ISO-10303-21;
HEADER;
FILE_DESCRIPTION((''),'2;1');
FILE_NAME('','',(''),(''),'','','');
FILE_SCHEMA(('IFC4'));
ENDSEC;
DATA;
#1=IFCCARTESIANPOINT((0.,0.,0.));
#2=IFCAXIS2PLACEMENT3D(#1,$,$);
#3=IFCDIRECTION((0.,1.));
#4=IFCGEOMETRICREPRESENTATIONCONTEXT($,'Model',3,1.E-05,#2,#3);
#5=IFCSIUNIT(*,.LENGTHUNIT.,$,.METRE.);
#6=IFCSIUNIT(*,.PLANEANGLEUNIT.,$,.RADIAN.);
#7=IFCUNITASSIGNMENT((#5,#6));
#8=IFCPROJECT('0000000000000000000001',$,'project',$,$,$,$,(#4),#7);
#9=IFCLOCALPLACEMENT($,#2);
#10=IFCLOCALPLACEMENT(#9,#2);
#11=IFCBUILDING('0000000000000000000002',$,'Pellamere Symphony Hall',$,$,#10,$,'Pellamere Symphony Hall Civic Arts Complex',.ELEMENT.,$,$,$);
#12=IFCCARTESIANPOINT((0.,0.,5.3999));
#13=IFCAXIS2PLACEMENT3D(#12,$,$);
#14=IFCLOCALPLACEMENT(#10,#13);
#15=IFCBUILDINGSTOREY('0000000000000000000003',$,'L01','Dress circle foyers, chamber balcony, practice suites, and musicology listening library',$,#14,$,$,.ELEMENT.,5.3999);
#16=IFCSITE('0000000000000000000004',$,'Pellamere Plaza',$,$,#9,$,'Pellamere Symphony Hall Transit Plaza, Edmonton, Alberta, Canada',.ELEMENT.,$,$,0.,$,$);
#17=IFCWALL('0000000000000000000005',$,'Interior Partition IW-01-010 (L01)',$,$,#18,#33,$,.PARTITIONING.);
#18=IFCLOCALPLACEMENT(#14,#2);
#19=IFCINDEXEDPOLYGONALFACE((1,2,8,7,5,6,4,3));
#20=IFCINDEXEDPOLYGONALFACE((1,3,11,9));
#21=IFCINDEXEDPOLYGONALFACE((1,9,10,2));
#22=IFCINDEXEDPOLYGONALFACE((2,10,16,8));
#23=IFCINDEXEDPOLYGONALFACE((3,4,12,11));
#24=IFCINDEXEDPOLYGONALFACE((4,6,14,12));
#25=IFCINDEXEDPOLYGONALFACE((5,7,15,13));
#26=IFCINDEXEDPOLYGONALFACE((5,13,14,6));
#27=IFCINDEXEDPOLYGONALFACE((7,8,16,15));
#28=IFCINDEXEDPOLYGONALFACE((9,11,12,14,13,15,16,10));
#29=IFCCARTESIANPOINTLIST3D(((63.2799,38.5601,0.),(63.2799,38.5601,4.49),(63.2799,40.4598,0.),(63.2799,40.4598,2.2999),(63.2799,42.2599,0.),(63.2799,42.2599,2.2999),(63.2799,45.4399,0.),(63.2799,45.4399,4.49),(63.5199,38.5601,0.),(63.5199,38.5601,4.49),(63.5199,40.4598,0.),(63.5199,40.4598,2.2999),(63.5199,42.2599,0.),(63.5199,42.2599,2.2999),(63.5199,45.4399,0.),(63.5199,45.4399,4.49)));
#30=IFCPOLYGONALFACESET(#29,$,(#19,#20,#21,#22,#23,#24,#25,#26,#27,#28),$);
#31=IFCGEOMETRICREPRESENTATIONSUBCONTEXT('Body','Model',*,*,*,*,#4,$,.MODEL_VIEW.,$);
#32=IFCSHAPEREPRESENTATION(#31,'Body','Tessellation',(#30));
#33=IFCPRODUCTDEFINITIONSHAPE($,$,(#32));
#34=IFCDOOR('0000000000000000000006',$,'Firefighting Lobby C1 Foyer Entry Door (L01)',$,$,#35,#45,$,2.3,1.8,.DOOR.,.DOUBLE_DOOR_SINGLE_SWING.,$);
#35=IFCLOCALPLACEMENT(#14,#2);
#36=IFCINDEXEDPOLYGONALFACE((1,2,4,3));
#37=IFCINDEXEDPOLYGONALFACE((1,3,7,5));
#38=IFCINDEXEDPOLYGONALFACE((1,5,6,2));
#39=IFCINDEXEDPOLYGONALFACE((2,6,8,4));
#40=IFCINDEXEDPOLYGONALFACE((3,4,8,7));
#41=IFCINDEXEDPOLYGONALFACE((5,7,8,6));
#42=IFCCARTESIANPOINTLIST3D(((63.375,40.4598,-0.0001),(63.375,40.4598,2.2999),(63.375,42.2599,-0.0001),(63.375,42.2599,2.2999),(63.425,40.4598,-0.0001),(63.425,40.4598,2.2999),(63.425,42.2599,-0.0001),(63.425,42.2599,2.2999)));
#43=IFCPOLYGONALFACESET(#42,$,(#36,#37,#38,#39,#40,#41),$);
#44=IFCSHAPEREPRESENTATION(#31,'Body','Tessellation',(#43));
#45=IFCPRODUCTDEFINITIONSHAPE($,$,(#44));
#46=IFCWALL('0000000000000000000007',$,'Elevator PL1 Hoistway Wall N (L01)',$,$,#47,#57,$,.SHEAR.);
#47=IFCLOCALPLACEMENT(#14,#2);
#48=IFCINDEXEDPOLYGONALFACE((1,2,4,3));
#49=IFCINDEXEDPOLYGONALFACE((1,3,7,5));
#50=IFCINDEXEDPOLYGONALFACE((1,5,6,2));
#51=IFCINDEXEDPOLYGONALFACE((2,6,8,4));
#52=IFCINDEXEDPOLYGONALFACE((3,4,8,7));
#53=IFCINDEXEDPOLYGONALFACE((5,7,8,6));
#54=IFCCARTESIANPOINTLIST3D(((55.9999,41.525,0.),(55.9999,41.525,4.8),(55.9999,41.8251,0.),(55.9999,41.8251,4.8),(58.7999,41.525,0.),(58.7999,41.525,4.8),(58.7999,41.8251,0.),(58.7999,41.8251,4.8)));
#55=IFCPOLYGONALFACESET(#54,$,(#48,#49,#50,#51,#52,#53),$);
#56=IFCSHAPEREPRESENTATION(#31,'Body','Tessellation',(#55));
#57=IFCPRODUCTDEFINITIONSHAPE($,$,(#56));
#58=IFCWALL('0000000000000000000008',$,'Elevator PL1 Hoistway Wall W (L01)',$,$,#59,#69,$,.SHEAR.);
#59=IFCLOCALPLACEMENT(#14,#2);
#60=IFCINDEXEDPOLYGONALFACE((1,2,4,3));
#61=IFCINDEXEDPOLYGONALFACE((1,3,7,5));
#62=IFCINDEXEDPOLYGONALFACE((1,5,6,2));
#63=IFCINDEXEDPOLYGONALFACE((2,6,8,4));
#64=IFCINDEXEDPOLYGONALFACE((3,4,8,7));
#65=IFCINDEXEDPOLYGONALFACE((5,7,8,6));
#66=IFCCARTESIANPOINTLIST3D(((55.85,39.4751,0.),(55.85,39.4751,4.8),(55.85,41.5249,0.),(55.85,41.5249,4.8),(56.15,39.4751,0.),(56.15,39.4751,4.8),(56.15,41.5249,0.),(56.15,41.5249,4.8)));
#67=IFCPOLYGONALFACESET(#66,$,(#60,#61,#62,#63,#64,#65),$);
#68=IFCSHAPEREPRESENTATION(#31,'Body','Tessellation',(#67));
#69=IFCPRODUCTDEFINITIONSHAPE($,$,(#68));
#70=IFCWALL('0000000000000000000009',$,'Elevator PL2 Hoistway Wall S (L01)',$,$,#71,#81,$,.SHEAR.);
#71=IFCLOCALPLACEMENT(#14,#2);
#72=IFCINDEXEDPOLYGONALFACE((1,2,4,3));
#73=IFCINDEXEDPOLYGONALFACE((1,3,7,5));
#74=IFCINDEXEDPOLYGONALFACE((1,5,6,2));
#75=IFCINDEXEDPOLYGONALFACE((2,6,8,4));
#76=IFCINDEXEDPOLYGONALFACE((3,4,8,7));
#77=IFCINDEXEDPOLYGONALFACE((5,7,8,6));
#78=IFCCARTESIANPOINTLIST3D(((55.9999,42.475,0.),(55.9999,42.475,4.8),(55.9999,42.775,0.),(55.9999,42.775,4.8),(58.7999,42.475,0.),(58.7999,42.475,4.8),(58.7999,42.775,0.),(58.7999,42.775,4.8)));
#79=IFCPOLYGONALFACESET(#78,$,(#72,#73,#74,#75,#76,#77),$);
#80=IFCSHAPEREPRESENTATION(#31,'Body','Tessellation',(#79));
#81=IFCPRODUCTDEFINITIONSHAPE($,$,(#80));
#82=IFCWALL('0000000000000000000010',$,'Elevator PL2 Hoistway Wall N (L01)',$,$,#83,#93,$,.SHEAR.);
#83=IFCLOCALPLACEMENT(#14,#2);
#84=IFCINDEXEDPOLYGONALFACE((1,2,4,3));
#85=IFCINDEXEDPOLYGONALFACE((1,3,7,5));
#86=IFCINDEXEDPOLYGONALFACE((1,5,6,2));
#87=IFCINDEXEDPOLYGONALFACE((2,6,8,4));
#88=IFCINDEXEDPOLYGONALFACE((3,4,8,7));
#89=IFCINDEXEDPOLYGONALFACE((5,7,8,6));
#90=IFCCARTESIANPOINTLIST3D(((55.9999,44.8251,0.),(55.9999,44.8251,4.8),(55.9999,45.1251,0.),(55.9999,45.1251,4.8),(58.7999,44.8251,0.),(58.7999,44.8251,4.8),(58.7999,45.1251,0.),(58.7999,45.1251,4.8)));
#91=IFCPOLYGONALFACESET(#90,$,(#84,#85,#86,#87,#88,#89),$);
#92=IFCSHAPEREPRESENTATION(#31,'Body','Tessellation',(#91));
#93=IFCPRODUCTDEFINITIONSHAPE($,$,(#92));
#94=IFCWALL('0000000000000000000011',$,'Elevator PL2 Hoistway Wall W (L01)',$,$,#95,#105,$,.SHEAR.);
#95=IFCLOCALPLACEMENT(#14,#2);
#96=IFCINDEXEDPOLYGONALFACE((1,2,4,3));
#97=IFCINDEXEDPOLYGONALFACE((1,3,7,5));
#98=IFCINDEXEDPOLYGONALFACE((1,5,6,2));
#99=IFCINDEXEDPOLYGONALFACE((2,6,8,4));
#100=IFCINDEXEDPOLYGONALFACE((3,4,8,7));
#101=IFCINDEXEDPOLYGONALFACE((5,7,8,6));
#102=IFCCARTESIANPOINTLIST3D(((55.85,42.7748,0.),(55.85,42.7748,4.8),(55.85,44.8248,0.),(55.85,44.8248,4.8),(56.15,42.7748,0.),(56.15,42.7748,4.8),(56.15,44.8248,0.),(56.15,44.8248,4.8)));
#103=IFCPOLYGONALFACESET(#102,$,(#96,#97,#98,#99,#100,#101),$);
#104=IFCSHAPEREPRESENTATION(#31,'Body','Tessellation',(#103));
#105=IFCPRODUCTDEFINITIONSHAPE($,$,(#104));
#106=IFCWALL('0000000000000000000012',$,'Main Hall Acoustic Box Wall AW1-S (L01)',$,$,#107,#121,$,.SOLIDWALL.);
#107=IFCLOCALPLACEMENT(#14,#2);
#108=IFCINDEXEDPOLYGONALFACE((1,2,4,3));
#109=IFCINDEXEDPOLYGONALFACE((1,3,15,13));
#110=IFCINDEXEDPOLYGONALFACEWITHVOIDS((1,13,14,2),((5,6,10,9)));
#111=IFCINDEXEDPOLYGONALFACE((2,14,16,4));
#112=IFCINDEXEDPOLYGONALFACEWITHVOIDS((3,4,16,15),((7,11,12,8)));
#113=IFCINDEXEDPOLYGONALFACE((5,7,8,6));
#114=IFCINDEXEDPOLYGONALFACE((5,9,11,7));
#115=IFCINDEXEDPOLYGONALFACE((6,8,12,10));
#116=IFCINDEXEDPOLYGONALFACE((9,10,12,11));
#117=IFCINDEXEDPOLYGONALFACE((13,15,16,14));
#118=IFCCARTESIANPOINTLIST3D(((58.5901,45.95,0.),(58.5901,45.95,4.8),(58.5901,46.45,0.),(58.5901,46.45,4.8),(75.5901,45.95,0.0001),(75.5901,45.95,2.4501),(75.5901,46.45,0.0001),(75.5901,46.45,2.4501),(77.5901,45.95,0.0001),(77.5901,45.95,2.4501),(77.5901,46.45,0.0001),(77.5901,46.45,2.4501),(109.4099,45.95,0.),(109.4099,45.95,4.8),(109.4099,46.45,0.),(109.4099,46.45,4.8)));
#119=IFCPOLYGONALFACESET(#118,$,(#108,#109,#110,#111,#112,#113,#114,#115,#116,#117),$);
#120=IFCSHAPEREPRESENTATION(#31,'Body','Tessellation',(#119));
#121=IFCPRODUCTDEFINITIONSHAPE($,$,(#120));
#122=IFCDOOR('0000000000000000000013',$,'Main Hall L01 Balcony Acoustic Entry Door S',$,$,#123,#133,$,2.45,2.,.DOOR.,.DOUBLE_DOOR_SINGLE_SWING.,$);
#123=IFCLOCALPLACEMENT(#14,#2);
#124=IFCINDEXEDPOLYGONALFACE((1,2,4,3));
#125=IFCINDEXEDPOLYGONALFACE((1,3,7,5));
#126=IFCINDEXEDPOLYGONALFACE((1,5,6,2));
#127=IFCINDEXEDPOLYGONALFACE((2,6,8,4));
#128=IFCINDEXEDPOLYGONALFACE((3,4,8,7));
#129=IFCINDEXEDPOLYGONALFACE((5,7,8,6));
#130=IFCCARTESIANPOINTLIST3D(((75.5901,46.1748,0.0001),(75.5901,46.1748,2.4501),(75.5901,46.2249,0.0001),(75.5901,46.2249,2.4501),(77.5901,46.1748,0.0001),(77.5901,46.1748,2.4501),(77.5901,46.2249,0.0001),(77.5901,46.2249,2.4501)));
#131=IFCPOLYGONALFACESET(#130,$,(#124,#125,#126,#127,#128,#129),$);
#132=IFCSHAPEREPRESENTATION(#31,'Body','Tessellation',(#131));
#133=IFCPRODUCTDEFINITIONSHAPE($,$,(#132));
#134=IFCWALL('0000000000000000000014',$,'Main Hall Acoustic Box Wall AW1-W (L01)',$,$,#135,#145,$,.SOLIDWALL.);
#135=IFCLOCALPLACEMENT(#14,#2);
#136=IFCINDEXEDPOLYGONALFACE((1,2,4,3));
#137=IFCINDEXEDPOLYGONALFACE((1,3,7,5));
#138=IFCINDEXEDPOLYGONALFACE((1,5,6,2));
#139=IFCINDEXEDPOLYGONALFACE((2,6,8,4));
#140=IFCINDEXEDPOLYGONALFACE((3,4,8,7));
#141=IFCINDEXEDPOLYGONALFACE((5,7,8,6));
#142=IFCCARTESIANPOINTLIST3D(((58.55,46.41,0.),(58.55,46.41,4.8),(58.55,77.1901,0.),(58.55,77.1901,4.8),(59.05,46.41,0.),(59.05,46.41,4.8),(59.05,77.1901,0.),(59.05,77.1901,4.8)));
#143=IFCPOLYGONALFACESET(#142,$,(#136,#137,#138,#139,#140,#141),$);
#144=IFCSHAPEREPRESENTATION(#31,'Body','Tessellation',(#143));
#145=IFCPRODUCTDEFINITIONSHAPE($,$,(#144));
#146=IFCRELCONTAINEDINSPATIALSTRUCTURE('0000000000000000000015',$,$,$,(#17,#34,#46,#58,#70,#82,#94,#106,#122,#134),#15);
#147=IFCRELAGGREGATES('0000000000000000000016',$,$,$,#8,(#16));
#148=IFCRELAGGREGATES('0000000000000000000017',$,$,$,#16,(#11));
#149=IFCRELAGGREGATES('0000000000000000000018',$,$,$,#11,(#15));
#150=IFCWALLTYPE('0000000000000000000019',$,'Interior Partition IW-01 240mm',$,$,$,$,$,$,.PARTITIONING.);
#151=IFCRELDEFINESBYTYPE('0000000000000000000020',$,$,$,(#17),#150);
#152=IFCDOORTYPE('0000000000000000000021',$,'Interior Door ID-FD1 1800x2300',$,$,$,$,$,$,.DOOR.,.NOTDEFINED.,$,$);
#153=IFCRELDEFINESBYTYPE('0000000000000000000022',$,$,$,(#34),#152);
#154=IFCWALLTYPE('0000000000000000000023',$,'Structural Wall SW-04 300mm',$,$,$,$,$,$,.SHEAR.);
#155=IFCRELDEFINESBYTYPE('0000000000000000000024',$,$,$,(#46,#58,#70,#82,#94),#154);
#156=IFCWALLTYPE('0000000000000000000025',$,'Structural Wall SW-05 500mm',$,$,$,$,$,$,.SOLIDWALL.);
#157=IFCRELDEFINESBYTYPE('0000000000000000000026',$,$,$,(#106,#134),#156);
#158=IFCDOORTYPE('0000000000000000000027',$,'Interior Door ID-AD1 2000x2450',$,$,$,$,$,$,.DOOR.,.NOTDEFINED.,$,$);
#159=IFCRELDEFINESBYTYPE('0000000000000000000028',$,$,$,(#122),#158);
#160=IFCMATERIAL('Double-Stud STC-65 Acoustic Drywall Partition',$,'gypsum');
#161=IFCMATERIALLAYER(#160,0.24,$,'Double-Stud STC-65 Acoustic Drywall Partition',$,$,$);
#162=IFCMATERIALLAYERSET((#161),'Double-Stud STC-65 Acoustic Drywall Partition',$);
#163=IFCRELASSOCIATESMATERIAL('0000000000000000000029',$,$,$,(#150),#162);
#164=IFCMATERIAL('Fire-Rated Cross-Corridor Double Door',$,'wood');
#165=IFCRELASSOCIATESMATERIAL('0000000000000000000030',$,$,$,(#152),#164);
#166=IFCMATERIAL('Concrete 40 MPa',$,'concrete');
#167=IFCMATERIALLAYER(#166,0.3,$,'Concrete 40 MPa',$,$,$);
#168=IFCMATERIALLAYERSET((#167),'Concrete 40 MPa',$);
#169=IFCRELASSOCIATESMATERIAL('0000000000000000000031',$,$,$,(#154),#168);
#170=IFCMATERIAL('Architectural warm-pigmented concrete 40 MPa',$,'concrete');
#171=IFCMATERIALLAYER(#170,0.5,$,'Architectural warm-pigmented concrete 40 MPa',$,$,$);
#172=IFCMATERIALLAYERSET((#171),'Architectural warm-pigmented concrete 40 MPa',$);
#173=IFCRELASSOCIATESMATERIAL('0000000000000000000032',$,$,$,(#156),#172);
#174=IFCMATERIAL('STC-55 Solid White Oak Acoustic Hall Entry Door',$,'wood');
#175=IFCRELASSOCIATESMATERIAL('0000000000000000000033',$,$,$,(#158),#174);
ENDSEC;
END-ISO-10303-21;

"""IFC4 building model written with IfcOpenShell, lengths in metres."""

from ifc_helpers import new_model, si_unit, direction, frame, frame_2d, origin, place, context, subcontext, project, spatial, rectangle, extrude, material, layer, layer_set, type_object, element, fill, save


model = new_model("IFC4")

# Units and contexts
model_context = context("Model", 3, precision=1e-05, world=origin(), true_north=direction((0.0, 1.0)))
body_context = subcontext(model_context, "Body", "Model", "MODEL_VIEW")
ifc_project = project(units=[si_unit("LENGTHUNIT", "METRE"), si_unit("PLANEANGLEUNIT", "RADIAN")], contexts=[model_context])

# Site, building, storey
site_placement = place(None, origin())
site = spatial("IfcSite", under=ifc_project, at=site_placement, Name="Pellamere Plaza", LongName="Pellamere Symphony Hall Transit Plaza, Edmonton, Alberta, Canada", CompositionType="ELEMENT", RefElevation=0.0)
building_placement = place(site_placement, origin())
building = spatial("IfcBuilding", under=site, at=building_placement, Name="Pellamere Symphony Hall", LongName="Pellamere Symphony Hall Civic Arts Complex", CompositionType="ELEMENT")
storey_placement = place(building_placement, frame((0.0, 0.0, 5.3999)))
storey = spatial("IfcBuildingStorey", under=building, at=storey_placement, Name="L01", Description="Dress circle foyers, chamber balcony, practice suites, and musicology listening library", CompositionType="ELEMENT", Elevation=5.3999)

# Shared definitions
ifc_material_1 = material(Name="Concrete 40 MPa", Category="concrete")

# Shared definitions
ifc_material_2 = material(Name="Double-Stud STC-65 Acoustic Drywall Partition", Category="gypsum")
ifc_layer_1 = layer(ifc_material_2, 0.24, Name="Double-Stud STC-65 Acoustic Drywall Partition")
ifc_layer_set_1 = layer_set([ifc_layer_1], Name="Double-Stud STC-65 Acoustic Drywall Partition")
wall_type_1 = type_object("IfcWallType", Name="Interior Partition IW-01 240mm", PredefinedType="PARTITIONING", material=ifc_layer_set_1)

# Wall, opening, door
wall_1_placement = place(storey_placement, frame((63.3999, 38.5601, 0.0), z_axis=(0.0, 0.0, 1.0), x_axis=(0.0, 1.0, 0.0)))
wall_1 = element("IfcWall", 1, at=wall_1_placement, inside=storey, type_object=wall_type_1, Name="Interior Partition IW-01-010 (L01)", PredefinedType="PARTITIONING", context=body_context, shape_type="SweptSolid", body=[
    extrude(rectangle(XDim=6.8799, YDim=0.24, at=frame_2d((3.4399, 0.0))), origin(), (0.0, 0.0, 1.0), 4.49),
])
opening_1_placement = place(wall_1_placement, frame((1.8999, 0.0, 0.0)))
opening_1 = element("IfcOpeningElement", 2, at=opening_1_placement, cuts=wall_1, PredefinedType="OPENING", context=body_context, shape_type="SweptSolid", body=[
    extrude(rectangle(XDim=1.8, YDim=2.3, at=frame_2d((0.8999, 1.1499))), frame((0.0, 0.1299, 0.0), z_axis=(0.0, -1.0, 0.0), x_axis=(1.0, 0.0, 0.0)), (0.0, 0.0, 1.0), 0.26),
])
ifc_material_3 = material(Name="Fire-Rated Cross-Corridor Double Door", Category="wood")
door_type_1 = type_object("IfcDoorType", Name="Interior Door ID-FD1 1800x2300", OperationType="NOTDEFINED", PredefinedType="DOOR", material=ifc_material_3)
door_1_placement = place(opening_1_placement, origin())
door_1 = element("IfcDoor", 3, at=door_1_placement, inside=storey, type_object=door_type_1, Name="Firefighting Lobby C1 Foyer Entry Door (L01)", OperationType="DOUBLE_DOOR_SINGLE_SWING", OverallHeight=2.3, OverallWidth=1.8, PredefinedType="DOOR", context=body_context, shape_type="SweptSolid", body=[
    extrude(rectangle(XDim=1.8, YDim=2.3, at=frame_2d((0.8999, 1.1499))), frame((0.0, 0.0249, 0.0), z_axis=(0.0, -1.0, 0.0), x_axis=(1.0, 0.0, 0.0)), (0.0, 0.0, 1.0), 0.05),
])
fill(opening_1, door_1)

# Walls
ifc_layer_2 = layer(ifc_material_1, 0.3, Name="Concrete 40 MPa")
ifc_layer_set_2 = layer_set([ifc_layer_2], Name="Concrete 40 MPa")
wall_type_2 = type_object("IfcWallType", Name="Structural Wall SW-04 300mm", PredefinedType="SHEAR", material=ifc_layer_set_2)
wall_2_placement = place(storey_placement, frame((56.0, 41.675, 0.0), z_axis=(0.0, 0.0, 1.0), x_axis=(1.0, 0.0, 0.0)))
element("IfcWall", 4, at=wall_2_placement, inside=storey, type_object=wall_type_2, Name="Elevator PL1 Hoistway Wall N (L01)", PredefinedType="SHEAR", context=body_context, shape_type="SweptSolid", body=[
    extrude(rectangle(XDim=2.8, YDim=0.3, at=frame_2d((1.3999, 0.0))), origin(), (0.0, 0.0, 1.0), 4.8),
])
wall_3_placement = place(storey_placement, frame((56.0, 39.4751, 0.0), z_axis=(0.0, 0.0, 1.0), x_axis=(0.0, 1.0, 0.0)))
element("IfcWall", 5, at=wall_3_placement, inside=storey, type_object=wall_type_2, Name="Elevator PL1 Hoistway Wall W (L01)", PredefinedType="SHEAR", context=body_context, shape_type="SweptSolid", body=[
    extrude(rectangle(XDim=2.0498, YDim=0.3, at=frame_2d((1.0249, 0.0))), origin(), (0.0, 0.0, 1.0), 4.8),
])
for number, where, z_axis, x_axis, name in (
    (6, (56.0, 42.625, 0.0), (0.0, 0.0, 1.0), (1.0, 0.0, 0.0), "Elevator PL2 Hoistway Wall S (L01)"),
    (7, (56.0, 44.9751, 0.0), (0.0, 0.0, 1.0), (1.0, 0.0, 0.0), "Elevator PL2 Hoistway Wall N (L01)"),
):
    element("IfcWall", number, at=place(storey_placement, frame(where, z_axis=z_axis, x_axis=x_axis)), inside=storey, type_object=wall_type_2, Name=name, PredefinedType="SHEAR", context=body_context, shape_type="SweptSolid", body=[
        extrude(rectangle(XDim=2.8, YDim=0.3, at=frame_2d((1.3999, 0.0))), origin(), (0.0, 0.0, 1.0), 4.8),
    ])
wall_4_placement = place(storey_placement, frame((56.0, 42.7749, 0.0), z_axis=(0.0, 0.0, 1.0), x_axis=(0.0, 1.0, 0.0)))
element("IfcWall", 8, at=wall_4_placement, inside=storey, type_object=wall_type_2, Name="Elevator PL2 Hoistway Wall W (L01)", PredefinedType="SHEAR", context=body_context, shape_type="SweptSolid", body=[
    extrude(rectangle(XDim=2.05, YDim=0.3, at=frame_2d((1.0249, 0.0))), origin(), (0.0, 0.0, 1.0), 4.8),
])

# Wall, opening, door
ifc_material_4 = material(Name="Architectural warm-pigmented concrete 40 MPa", Category="concrete")
ifc_layer_3 = layer(ifc_material_4, 0.5, Name="Architectural warm-pigmented concrete 40 MPa")
ifc_layer_set_3 = layer_set([ifc_layer_3], Name="Architectural warm-pigmented concrete 40 MPa")
wall_type_3 = type_object("IfcWallType", Name="Structural Wall SW-05 500mm", PredefinedType="SOLIDWALL", material=ifc_layer_set_3)
wall_5_placement = place(storey_placement, frame((58.5901, 46.2, 0.0), z_axis=(0.0, 0.0, 1.0), x_axis=(1.0, 0.0, 0.0)))
wall_5 = element("IfcWall", 9, at=wall_5_placement, inside=storey, type_object=wall_type_3, Name="Main Hall Acoustic Box Wall AW1-S (L01)", PredefinedType="SOLIDWALL", context=body_context, shape_type="SweptSolid", body=[
    extrude(rectangle(XDim=50.8198, YDim=0.5, at=frame_2d((25.4099, 0.0))), origin(), (0.0, 0.0, 1.0), 4.8),
])
opening_2_placement = place(wall_5_placement, frame((17.0, 0.0, 0.0)))
opening_2 = element("IfcOpeningElement", 10, at=opening_2_placement, cuts=wall_5, PredefinedType="OPENING", context=body_context, shape_type="SweptSolid", body=[
    extrude(rectangle(XDim=2.0, YDim=2.45, at=frame_2d((1.0, 1.2251))), frame((0.0, 0.26, 0.0), z_axis=(0.0, -1.0, 0.0), x_axis=(1.0, 0.0, 0.0)), (0.0, 0.0, 1.0), 0.52),
])
ifc_material_5 = material(Name="STC-55 Solid White Oak Acoustic Hall Entry Door", Category="wood")
door_type_2 = type_object("IfcDoorType", Name="Interior Door ID-AD1 2000x2450", OperationType="NOTDEFINED", PredefinedType="DOOR", material=ifc_material_5)
door_2_placement = place(opening_2_placement, origin())
door_2 = element("IfcDoor", 11, at=door_2_placement, inside=storey, type_object=door_type_2, Name="Main Hall L01 Balcony Acoustic Entry Door S", OperationType="DOUBLE_DOOR_SINGLE_SWING", OverallHeight=2.45, OverallWidth=2.0, PredefinedType="DOOR", context=body_context, shape_type="SweptSolid", body=[
    extrude(rectangle(XDim=2.0, YDim=2.45, at=frame_2d((1.0, 1.2251))), frame((0.0, 0.0249, 0.0), z_axis=(0.0, -1.0, 0.0), x_axis=(1.0, 0.0, 0.0)), (0.0, 0.0, 1.0), 0.05),
])
fill(opening_2, door_2)

# Wall
wall_6_placement = place(storey_placement, frame((58.8, 46.4099, 0.0), z_axis=(0.0, 0.0, 1.0), x_axis=(0.0, 1.0, 0.0)))
element("IfcWall", 12, at=wall_6_placement, inside=storey, type_object=wall_type_3, Name="Main Hall Acoustic Box Wall AW1-W (L01)", PredefinedType="SOLIDWALL", context=body_context, shape_type="SweptSolid", body=[
    extrude(rectangle(XDim=30.78, YDim=0.5, at=frame_2d((15.3901, 0.0))), origin(), (0.0, 0.0, 1.0), 4.8),
])

save(model, "model.ifc")
